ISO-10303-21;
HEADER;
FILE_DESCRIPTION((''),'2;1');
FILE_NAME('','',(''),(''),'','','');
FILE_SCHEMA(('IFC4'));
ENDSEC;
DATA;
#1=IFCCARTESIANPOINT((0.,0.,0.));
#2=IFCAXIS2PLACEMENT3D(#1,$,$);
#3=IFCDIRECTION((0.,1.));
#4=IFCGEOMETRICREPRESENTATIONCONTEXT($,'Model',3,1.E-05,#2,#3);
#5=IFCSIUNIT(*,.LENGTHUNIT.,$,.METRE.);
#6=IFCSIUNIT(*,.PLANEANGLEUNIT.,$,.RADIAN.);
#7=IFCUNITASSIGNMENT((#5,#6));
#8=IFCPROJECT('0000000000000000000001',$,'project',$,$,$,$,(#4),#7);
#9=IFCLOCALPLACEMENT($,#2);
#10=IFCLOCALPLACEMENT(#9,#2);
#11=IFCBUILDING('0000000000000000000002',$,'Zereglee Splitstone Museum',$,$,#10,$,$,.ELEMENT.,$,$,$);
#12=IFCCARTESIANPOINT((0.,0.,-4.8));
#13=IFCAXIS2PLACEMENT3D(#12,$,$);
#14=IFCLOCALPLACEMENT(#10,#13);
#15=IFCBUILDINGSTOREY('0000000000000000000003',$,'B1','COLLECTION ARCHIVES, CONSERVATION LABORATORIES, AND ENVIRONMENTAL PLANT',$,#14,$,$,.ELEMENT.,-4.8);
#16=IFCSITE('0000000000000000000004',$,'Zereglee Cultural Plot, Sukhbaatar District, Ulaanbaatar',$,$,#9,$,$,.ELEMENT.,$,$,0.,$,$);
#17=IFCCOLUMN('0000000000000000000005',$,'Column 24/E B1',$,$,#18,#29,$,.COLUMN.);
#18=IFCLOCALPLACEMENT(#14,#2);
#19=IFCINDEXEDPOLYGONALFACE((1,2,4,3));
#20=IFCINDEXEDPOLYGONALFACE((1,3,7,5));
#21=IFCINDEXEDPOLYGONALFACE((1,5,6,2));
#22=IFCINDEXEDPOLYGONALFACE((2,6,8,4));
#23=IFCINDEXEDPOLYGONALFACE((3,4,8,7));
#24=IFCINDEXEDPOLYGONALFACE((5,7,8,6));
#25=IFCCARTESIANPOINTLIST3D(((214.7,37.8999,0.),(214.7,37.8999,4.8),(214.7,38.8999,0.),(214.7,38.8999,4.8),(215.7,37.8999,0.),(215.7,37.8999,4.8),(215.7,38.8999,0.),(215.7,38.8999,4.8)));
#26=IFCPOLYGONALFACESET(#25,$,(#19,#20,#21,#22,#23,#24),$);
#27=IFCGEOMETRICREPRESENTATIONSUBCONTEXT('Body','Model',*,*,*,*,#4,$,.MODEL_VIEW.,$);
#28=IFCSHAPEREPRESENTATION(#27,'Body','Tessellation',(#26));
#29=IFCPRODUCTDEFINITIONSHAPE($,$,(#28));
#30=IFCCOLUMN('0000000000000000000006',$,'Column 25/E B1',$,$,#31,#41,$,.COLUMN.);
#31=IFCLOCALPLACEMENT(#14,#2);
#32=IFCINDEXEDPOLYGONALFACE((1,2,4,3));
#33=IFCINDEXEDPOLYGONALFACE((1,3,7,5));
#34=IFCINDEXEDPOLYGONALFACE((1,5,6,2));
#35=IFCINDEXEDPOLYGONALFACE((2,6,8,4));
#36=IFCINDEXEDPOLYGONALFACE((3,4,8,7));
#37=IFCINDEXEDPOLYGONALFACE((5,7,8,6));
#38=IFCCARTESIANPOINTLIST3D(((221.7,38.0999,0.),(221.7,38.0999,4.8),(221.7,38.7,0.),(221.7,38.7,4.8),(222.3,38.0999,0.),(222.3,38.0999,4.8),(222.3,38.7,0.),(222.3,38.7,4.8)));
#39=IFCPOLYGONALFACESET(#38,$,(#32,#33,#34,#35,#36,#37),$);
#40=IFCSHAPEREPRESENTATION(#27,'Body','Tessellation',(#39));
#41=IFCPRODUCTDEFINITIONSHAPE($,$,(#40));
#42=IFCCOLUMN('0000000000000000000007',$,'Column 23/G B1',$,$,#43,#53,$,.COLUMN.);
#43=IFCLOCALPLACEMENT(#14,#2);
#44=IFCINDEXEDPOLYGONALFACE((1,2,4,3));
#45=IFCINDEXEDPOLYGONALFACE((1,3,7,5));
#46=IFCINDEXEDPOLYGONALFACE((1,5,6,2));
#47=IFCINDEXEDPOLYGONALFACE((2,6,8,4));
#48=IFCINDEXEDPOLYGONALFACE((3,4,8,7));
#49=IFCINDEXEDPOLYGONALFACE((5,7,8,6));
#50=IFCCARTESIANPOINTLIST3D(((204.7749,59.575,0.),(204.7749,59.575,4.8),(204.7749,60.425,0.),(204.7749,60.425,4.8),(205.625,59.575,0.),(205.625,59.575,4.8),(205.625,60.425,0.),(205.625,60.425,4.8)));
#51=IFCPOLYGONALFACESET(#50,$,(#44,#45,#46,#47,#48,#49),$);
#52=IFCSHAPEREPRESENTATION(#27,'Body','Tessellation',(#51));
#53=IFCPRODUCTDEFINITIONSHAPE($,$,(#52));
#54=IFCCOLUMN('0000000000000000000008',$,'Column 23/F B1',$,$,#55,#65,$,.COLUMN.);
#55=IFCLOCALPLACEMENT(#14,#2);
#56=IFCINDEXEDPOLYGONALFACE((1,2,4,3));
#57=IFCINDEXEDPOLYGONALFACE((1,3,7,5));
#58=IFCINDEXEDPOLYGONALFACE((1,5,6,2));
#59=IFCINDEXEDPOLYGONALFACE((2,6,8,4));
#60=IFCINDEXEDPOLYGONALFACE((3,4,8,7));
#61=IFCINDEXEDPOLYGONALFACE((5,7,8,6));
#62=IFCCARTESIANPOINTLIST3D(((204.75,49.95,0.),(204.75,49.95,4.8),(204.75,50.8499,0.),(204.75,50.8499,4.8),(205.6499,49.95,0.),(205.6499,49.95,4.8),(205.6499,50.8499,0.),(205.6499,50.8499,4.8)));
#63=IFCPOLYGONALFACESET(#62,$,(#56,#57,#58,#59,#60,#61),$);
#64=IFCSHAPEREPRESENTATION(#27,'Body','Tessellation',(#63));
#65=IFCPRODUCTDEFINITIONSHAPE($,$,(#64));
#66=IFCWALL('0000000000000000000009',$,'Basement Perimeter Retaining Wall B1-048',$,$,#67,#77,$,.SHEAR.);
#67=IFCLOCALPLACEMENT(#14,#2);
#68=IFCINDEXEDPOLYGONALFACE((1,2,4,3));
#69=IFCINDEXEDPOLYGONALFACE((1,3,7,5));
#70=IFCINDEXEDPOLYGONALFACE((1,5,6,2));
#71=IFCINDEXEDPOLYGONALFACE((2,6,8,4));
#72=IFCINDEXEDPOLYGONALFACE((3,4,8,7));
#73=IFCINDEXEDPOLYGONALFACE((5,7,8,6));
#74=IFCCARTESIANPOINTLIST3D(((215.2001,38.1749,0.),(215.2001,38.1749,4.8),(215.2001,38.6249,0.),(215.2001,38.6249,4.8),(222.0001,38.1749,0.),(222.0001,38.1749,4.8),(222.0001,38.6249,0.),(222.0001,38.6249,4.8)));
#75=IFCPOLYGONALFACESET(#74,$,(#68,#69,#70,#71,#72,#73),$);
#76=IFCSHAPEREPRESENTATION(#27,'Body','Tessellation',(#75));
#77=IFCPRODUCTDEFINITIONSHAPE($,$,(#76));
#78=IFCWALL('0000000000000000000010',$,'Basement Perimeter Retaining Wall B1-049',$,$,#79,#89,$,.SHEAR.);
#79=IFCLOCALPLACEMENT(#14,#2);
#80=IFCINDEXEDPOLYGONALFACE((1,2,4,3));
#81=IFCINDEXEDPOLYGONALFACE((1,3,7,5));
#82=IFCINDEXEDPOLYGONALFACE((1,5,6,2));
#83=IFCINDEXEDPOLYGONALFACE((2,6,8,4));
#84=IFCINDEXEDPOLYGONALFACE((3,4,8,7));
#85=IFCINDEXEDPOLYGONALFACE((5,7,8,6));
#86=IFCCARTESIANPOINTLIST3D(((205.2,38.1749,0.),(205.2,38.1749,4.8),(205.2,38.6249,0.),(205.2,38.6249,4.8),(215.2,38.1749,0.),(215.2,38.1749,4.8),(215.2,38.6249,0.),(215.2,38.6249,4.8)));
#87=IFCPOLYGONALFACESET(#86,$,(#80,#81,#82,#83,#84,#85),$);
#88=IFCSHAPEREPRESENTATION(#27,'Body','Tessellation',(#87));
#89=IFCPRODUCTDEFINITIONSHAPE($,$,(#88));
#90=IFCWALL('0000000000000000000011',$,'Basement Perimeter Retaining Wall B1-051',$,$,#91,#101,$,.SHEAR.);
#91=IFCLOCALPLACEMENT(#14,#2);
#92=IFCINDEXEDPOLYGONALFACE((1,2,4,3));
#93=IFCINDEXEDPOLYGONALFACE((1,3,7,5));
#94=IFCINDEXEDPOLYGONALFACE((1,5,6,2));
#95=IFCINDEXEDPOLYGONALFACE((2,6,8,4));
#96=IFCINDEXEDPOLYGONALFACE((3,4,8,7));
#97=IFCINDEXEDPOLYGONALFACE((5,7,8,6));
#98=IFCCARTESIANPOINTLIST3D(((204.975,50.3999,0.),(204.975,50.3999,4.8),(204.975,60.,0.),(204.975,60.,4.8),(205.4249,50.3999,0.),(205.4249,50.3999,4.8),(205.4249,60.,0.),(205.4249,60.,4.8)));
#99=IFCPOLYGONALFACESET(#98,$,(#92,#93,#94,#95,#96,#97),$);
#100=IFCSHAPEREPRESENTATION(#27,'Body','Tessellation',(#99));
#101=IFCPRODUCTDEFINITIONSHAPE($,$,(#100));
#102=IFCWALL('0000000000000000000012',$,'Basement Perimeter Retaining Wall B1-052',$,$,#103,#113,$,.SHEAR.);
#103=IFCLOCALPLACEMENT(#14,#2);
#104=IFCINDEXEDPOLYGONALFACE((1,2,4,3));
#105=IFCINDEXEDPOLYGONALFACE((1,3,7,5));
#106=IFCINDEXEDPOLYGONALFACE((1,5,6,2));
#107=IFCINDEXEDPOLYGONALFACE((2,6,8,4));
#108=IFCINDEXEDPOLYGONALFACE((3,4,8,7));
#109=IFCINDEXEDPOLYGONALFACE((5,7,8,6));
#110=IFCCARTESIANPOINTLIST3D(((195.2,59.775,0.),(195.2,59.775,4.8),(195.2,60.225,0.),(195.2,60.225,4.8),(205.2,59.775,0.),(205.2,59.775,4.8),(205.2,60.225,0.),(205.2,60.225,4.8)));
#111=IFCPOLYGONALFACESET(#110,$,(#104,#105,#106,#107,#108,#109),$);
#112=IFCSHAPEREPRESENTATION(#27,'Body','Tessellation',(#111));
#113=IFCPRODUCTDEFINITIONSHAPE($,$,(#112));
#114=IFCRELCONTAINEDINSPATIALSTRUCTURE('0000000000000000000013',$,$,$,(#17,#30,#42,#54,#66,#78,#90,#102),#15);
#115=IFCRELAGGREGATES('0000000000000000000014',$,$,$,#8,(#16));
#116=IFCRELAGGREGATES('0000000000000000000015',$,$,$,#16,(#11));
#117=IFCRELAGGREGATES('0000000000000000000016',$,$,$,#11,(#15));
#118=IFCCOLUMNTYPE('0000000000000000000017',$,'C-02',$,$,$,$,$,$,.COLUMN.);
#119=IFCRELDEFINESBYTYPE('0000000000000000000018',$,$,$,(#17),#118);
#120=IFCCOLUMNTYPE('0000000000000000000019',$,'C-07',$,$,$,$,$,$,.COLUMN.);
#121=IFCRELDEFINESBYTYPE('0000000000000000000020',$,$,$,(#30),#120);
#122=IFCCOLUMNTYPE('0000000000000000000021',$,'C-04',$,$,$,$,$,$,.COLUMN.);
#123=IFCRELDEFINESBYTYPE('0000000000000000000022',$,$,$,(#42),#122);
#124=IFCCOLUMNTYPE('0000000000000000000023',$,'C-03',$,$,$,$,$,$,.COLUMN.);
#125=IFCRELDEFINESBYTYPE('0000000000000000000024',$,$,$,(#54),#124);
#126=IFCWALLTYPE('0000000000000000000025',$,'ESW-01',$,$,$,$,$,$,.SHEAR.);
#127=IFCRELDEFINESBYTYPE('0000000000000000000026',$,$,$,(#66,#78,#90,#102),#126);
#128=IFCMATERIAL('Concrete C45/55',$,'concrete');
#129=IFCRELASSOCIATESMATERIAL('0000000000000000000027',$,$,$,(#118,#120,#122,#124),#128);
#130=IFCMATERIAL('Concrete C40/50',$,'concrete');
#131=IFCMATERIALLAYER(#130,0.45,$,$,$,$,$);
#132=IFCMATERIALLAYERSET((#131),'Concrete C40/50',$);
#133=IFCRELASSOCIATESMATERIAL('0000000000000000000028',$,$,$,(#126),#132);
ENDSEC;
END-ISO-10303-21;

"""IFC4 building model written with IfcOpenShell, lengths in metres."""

from ifc_helpers import new_model, si_unit, direction, frame, frame_2d, origin, origin_2d, place, context, subcontext, project, spatial, rectangle, extrude, material, layer, layer_set, material_profile, profile_set, type_object, element, save


model = new_model("IFC4")

# Units and contexts
model_context = context("Model", 3, precision=1e-05, world=origin(), true_north=direction((0.0, 1.0)))
body_context = subcontext(model_context, "Body", "Model", "MODEL_VIEW")
ifc_project = project(units=[si_unit("LENGTHUNIT", "METRE"), si_unit("PLANEANGLEUNIT", "RADIAN")], contexts=[model_context])

# Site, building, storey
site_placement = place(None, origin())
site = spatial("IfcSite", under=ifc_project, at=site_placement, Name="Zereglee Cultural Plot, Sukhbaatar District, Ulaanbaatar", CompositionType="ELEMENT", RefElevation=0.0)
building_placement = place(site_placement, origin())
building = spatial("IfcBuilding", under=site, at=building_placement, Name="Zereglee Splitstone Museum", CompositionType="ELEMENT")
storey_placement = place(building_placement, frame((0.0, 0.0, -4.8)))
storey = spatial("IfcBuildingStorey", under=building, at=storey_placement, Name="B1", Description="COLLECTION ARCHIVES, CONSERVATION LABORATORIES, AND ENVIRONMENTAL PLANT", CompositionType="ELEMENT", Elevation=-4.8)

# Shared definitions
ifc_material_1 = material(Name="Concrete C40/50", Category="concrete")

# Columns
ifc_material_2 = material(Name="Concrete C45/55", Category="concrete")
ifc_material_profile_1 = material_profile(ifc_material_2, rectangle(XDim=1.0, YDim=1.0, at=origin_2d()), Name="RC 1000x1000")
ifc_profile_set_1 = profile_set([ifc_material_profile_1], Name="Concrete C45/55")
column_type_1 = type_object("IfcColumnType", Name="C-02", PredefinedType="COLUMN", material=ifc_profile_set_1)
column_1_placement = place(storey_placement, frame((215.2, 38.3999, 0.0), z_axis=(0.0, 0.0, 1.0), x_axis=(1.0, 0.0, 0.0)))
element("IfcColumn", 1, at=column_1_placement, inside=storey, type_object=column_type_1, Name="Column 24/E B1", PredefinedType="COLUMN", context=body_context, shape_type="SweptSolid", body=[
    extrude(rectangle(XDim=1.0, YDim=1.0, at=origin_2d()), origin(), (0.0, 0.0, 1.0), 4.8),
])
ifc_material_profile_2 = material_profile(ifc_material_2, rectangle(XDim=0.6001, YDim=0.6001, at=origin_2d()), Name="RC 600x600")
ifc_profile_set_2 = profile_set([ifc_material_profile_2], Name="Concrete C45/55")
column_type_2 = type_object("IfcColumnType", Name="C-07", PredefinedType="COLUMN", material=ifc_profile_set_2)
column_2_placement = place(storey_placement, frame((222.0, 38.3999, 0.0), z_axis=(0.0, 0.0, 1.0), x_axis=(1.0, 0.0, 0.0)))
element("IfcColumn", 2, at=column_2_placement, inside=storey, type_object=column_type_2, Name="Column 25/E B1", PredefinedType="COLUMN", context=body_context, shape_type="SweptSolid", body=[
    extrude(rectangle(XDim=0.6001, YDim=0.6001, at=origin_2d()), origin(), (0.0, 0.0, 1.0), 4.8),
])
ifc_material_profile_3 = material_profile(ifc_material_2, rectangle(XDim=0.8501, YDim=0.8501, at=origin_2d()), Name="RC 850x850")
ifc_profile_set_3 = profile_set([ifc_material_profile_3], Name="Concrete C45/55")
column_type_3 = type_object("IfcColumnType", Name="C-04", PredefinedType="COLUMN", material=ifc_profile_set_3)
column_3_placement = place(storey_placement, frame((205.2, 60.0, 0.0), z_axis=(0.0, 0.0, 1.0), x_axis=(1.0, 0.0, 0.0)))
element("IfcColumn", 3, at=column_3_placement, inside=storey, type_object=column_type_3, Name="Column 23/G B1", PredefinedType="COLUMN", context=body_context, shape_type="SweptSolid", body=[
    extrude(rectangle(XDim=0.8501, YDim=0.8501, at=origin_2d()), origin(), (0.0, 0.0, 1.0), 4.8),
])
ifc_material_profile_4 = material_profile(ifc_material_2, rectangle(XDim=0.8999, YDim=0.8999, at=origin_2d()), Name="RC 900x900")
ifc_profile_set_4 = profile_set([ifc_material_profile_4], Name="Concrete C45/55")
column_type_4 = type_object("IfcColumnType", Name="C-03", PredefinedType="COLUMN", material=ifc_profile_set_4)
column_4_placement = place(storey_placement, frame((205.2, 50.3999, 0.0), z_axis=(0.0, 0.0, 1.0), x_axis=(1.0, 0.0, 0.0)))
element("IfcColumn", 4, at=column_4_placement, inside=storey, type_object=column_type_4, Name="Column 23/F B1", PredefinedType="COLUMN", context=body_context, shape_type="SweptSolid", body=[
    extrude(rectangle(XDim=0.8999, YDim=0.8999, at=origin_2d()), origin(), (0.0, 0.0, 1.0), 4.8),
])

# Walls
ifc_layer_1 = layer(ifc_material_1, 0.45)
ifc_layer_set_1 = layer_set([ifc_layer_1], Name="Concrete C40/50")
wall_type = type_object("IfcWallType", Name="ESW-01", PredefinedType="SHEAR", material=ifc_layer_set_1)
wall_1_placement = place(storey_placement, frame((222.0, 38.3999, 0.0), z_axis=(0.0, 0.0, 1.0), x_axis=(-1.0, 0.0, 0.0)))
element("IfcWall", 5, at=wall_1_placement, inside=storey, type_object=wall_type, Name="Basement Perimeter Retaining Wall B1-048", PredefinedType="SHEAR", context=body_context, shape_type="SweptSolid", body=[
    extrude(rectangle(XDim=6.8, YDim=0.45, at=frame_2d((3.3999, 0.0))), origin(), (0.0, 0.0, 1.0), 4.8),
])
wall_2_placement = place(storey_placement, frame((215.2, 38.3999, 0.0), z_axis=(0.0, 0.0, 1.0), x_axis=(-1.0, 0.0, 0.0)))
element("IfcWall", 6, at=wall_2_placement, inside=storey, type_object=wall_type, Name="Basement Perimeter Retaining Wall B1-049", PredefinedType="SHEAR", context=body_context, shape_type="SweptSolid", body=[
    extrude(rectangle(XDim=10.0, YDim=0.45, at=frame_2d((5.0, 0.0))), origin(), (0.0, 0.0, 1.0), 4.8),
])
wall_3_placement = place(storey_placement, frame((205.2, 50.3999, 0.0), z_axis=(0.0, 0.0, 1.0), x_axis=(0.0, 1.0, 0.0)))
element("IfcWall", 7, at=wall_3_placement, inside=storey, type_object=wall_type, Name="Basement Perimeter Retaining Wall B1-051", PredefinedType="SHEAR", context=body_context, shape_type="SweptSolid", body=[
    extrude(rectangle(XDim=9.6001, YDim=0.45, at=frame_2d((4.8, 0.0))), origin(), (0.0, 0.0, 1.0), 4.8),
])
wall_4_placement = place(storey_placement, frame((205.2, 60.0, 0.0), z_axis=(0.0, 0.0, 1.0), x_axis=(-1.0, 0.0, 0.0)))
element("IfcWall", 8, at=wall_4_placement, inside=storey, type_object=wall_type, Name="Basement Perimeter Retaining Wall B1-052", PredefinedType="SHEAR", context=body_context, shape_type="SweptSolid", body=[
    extrude(rectangle(XDim=10.0, YDim=0.45, at=frame_2d((5.0, 0.0))), origin(), (0.0, 0.0, 1.0), 4.8),
])

save(model, "model.ifc")
